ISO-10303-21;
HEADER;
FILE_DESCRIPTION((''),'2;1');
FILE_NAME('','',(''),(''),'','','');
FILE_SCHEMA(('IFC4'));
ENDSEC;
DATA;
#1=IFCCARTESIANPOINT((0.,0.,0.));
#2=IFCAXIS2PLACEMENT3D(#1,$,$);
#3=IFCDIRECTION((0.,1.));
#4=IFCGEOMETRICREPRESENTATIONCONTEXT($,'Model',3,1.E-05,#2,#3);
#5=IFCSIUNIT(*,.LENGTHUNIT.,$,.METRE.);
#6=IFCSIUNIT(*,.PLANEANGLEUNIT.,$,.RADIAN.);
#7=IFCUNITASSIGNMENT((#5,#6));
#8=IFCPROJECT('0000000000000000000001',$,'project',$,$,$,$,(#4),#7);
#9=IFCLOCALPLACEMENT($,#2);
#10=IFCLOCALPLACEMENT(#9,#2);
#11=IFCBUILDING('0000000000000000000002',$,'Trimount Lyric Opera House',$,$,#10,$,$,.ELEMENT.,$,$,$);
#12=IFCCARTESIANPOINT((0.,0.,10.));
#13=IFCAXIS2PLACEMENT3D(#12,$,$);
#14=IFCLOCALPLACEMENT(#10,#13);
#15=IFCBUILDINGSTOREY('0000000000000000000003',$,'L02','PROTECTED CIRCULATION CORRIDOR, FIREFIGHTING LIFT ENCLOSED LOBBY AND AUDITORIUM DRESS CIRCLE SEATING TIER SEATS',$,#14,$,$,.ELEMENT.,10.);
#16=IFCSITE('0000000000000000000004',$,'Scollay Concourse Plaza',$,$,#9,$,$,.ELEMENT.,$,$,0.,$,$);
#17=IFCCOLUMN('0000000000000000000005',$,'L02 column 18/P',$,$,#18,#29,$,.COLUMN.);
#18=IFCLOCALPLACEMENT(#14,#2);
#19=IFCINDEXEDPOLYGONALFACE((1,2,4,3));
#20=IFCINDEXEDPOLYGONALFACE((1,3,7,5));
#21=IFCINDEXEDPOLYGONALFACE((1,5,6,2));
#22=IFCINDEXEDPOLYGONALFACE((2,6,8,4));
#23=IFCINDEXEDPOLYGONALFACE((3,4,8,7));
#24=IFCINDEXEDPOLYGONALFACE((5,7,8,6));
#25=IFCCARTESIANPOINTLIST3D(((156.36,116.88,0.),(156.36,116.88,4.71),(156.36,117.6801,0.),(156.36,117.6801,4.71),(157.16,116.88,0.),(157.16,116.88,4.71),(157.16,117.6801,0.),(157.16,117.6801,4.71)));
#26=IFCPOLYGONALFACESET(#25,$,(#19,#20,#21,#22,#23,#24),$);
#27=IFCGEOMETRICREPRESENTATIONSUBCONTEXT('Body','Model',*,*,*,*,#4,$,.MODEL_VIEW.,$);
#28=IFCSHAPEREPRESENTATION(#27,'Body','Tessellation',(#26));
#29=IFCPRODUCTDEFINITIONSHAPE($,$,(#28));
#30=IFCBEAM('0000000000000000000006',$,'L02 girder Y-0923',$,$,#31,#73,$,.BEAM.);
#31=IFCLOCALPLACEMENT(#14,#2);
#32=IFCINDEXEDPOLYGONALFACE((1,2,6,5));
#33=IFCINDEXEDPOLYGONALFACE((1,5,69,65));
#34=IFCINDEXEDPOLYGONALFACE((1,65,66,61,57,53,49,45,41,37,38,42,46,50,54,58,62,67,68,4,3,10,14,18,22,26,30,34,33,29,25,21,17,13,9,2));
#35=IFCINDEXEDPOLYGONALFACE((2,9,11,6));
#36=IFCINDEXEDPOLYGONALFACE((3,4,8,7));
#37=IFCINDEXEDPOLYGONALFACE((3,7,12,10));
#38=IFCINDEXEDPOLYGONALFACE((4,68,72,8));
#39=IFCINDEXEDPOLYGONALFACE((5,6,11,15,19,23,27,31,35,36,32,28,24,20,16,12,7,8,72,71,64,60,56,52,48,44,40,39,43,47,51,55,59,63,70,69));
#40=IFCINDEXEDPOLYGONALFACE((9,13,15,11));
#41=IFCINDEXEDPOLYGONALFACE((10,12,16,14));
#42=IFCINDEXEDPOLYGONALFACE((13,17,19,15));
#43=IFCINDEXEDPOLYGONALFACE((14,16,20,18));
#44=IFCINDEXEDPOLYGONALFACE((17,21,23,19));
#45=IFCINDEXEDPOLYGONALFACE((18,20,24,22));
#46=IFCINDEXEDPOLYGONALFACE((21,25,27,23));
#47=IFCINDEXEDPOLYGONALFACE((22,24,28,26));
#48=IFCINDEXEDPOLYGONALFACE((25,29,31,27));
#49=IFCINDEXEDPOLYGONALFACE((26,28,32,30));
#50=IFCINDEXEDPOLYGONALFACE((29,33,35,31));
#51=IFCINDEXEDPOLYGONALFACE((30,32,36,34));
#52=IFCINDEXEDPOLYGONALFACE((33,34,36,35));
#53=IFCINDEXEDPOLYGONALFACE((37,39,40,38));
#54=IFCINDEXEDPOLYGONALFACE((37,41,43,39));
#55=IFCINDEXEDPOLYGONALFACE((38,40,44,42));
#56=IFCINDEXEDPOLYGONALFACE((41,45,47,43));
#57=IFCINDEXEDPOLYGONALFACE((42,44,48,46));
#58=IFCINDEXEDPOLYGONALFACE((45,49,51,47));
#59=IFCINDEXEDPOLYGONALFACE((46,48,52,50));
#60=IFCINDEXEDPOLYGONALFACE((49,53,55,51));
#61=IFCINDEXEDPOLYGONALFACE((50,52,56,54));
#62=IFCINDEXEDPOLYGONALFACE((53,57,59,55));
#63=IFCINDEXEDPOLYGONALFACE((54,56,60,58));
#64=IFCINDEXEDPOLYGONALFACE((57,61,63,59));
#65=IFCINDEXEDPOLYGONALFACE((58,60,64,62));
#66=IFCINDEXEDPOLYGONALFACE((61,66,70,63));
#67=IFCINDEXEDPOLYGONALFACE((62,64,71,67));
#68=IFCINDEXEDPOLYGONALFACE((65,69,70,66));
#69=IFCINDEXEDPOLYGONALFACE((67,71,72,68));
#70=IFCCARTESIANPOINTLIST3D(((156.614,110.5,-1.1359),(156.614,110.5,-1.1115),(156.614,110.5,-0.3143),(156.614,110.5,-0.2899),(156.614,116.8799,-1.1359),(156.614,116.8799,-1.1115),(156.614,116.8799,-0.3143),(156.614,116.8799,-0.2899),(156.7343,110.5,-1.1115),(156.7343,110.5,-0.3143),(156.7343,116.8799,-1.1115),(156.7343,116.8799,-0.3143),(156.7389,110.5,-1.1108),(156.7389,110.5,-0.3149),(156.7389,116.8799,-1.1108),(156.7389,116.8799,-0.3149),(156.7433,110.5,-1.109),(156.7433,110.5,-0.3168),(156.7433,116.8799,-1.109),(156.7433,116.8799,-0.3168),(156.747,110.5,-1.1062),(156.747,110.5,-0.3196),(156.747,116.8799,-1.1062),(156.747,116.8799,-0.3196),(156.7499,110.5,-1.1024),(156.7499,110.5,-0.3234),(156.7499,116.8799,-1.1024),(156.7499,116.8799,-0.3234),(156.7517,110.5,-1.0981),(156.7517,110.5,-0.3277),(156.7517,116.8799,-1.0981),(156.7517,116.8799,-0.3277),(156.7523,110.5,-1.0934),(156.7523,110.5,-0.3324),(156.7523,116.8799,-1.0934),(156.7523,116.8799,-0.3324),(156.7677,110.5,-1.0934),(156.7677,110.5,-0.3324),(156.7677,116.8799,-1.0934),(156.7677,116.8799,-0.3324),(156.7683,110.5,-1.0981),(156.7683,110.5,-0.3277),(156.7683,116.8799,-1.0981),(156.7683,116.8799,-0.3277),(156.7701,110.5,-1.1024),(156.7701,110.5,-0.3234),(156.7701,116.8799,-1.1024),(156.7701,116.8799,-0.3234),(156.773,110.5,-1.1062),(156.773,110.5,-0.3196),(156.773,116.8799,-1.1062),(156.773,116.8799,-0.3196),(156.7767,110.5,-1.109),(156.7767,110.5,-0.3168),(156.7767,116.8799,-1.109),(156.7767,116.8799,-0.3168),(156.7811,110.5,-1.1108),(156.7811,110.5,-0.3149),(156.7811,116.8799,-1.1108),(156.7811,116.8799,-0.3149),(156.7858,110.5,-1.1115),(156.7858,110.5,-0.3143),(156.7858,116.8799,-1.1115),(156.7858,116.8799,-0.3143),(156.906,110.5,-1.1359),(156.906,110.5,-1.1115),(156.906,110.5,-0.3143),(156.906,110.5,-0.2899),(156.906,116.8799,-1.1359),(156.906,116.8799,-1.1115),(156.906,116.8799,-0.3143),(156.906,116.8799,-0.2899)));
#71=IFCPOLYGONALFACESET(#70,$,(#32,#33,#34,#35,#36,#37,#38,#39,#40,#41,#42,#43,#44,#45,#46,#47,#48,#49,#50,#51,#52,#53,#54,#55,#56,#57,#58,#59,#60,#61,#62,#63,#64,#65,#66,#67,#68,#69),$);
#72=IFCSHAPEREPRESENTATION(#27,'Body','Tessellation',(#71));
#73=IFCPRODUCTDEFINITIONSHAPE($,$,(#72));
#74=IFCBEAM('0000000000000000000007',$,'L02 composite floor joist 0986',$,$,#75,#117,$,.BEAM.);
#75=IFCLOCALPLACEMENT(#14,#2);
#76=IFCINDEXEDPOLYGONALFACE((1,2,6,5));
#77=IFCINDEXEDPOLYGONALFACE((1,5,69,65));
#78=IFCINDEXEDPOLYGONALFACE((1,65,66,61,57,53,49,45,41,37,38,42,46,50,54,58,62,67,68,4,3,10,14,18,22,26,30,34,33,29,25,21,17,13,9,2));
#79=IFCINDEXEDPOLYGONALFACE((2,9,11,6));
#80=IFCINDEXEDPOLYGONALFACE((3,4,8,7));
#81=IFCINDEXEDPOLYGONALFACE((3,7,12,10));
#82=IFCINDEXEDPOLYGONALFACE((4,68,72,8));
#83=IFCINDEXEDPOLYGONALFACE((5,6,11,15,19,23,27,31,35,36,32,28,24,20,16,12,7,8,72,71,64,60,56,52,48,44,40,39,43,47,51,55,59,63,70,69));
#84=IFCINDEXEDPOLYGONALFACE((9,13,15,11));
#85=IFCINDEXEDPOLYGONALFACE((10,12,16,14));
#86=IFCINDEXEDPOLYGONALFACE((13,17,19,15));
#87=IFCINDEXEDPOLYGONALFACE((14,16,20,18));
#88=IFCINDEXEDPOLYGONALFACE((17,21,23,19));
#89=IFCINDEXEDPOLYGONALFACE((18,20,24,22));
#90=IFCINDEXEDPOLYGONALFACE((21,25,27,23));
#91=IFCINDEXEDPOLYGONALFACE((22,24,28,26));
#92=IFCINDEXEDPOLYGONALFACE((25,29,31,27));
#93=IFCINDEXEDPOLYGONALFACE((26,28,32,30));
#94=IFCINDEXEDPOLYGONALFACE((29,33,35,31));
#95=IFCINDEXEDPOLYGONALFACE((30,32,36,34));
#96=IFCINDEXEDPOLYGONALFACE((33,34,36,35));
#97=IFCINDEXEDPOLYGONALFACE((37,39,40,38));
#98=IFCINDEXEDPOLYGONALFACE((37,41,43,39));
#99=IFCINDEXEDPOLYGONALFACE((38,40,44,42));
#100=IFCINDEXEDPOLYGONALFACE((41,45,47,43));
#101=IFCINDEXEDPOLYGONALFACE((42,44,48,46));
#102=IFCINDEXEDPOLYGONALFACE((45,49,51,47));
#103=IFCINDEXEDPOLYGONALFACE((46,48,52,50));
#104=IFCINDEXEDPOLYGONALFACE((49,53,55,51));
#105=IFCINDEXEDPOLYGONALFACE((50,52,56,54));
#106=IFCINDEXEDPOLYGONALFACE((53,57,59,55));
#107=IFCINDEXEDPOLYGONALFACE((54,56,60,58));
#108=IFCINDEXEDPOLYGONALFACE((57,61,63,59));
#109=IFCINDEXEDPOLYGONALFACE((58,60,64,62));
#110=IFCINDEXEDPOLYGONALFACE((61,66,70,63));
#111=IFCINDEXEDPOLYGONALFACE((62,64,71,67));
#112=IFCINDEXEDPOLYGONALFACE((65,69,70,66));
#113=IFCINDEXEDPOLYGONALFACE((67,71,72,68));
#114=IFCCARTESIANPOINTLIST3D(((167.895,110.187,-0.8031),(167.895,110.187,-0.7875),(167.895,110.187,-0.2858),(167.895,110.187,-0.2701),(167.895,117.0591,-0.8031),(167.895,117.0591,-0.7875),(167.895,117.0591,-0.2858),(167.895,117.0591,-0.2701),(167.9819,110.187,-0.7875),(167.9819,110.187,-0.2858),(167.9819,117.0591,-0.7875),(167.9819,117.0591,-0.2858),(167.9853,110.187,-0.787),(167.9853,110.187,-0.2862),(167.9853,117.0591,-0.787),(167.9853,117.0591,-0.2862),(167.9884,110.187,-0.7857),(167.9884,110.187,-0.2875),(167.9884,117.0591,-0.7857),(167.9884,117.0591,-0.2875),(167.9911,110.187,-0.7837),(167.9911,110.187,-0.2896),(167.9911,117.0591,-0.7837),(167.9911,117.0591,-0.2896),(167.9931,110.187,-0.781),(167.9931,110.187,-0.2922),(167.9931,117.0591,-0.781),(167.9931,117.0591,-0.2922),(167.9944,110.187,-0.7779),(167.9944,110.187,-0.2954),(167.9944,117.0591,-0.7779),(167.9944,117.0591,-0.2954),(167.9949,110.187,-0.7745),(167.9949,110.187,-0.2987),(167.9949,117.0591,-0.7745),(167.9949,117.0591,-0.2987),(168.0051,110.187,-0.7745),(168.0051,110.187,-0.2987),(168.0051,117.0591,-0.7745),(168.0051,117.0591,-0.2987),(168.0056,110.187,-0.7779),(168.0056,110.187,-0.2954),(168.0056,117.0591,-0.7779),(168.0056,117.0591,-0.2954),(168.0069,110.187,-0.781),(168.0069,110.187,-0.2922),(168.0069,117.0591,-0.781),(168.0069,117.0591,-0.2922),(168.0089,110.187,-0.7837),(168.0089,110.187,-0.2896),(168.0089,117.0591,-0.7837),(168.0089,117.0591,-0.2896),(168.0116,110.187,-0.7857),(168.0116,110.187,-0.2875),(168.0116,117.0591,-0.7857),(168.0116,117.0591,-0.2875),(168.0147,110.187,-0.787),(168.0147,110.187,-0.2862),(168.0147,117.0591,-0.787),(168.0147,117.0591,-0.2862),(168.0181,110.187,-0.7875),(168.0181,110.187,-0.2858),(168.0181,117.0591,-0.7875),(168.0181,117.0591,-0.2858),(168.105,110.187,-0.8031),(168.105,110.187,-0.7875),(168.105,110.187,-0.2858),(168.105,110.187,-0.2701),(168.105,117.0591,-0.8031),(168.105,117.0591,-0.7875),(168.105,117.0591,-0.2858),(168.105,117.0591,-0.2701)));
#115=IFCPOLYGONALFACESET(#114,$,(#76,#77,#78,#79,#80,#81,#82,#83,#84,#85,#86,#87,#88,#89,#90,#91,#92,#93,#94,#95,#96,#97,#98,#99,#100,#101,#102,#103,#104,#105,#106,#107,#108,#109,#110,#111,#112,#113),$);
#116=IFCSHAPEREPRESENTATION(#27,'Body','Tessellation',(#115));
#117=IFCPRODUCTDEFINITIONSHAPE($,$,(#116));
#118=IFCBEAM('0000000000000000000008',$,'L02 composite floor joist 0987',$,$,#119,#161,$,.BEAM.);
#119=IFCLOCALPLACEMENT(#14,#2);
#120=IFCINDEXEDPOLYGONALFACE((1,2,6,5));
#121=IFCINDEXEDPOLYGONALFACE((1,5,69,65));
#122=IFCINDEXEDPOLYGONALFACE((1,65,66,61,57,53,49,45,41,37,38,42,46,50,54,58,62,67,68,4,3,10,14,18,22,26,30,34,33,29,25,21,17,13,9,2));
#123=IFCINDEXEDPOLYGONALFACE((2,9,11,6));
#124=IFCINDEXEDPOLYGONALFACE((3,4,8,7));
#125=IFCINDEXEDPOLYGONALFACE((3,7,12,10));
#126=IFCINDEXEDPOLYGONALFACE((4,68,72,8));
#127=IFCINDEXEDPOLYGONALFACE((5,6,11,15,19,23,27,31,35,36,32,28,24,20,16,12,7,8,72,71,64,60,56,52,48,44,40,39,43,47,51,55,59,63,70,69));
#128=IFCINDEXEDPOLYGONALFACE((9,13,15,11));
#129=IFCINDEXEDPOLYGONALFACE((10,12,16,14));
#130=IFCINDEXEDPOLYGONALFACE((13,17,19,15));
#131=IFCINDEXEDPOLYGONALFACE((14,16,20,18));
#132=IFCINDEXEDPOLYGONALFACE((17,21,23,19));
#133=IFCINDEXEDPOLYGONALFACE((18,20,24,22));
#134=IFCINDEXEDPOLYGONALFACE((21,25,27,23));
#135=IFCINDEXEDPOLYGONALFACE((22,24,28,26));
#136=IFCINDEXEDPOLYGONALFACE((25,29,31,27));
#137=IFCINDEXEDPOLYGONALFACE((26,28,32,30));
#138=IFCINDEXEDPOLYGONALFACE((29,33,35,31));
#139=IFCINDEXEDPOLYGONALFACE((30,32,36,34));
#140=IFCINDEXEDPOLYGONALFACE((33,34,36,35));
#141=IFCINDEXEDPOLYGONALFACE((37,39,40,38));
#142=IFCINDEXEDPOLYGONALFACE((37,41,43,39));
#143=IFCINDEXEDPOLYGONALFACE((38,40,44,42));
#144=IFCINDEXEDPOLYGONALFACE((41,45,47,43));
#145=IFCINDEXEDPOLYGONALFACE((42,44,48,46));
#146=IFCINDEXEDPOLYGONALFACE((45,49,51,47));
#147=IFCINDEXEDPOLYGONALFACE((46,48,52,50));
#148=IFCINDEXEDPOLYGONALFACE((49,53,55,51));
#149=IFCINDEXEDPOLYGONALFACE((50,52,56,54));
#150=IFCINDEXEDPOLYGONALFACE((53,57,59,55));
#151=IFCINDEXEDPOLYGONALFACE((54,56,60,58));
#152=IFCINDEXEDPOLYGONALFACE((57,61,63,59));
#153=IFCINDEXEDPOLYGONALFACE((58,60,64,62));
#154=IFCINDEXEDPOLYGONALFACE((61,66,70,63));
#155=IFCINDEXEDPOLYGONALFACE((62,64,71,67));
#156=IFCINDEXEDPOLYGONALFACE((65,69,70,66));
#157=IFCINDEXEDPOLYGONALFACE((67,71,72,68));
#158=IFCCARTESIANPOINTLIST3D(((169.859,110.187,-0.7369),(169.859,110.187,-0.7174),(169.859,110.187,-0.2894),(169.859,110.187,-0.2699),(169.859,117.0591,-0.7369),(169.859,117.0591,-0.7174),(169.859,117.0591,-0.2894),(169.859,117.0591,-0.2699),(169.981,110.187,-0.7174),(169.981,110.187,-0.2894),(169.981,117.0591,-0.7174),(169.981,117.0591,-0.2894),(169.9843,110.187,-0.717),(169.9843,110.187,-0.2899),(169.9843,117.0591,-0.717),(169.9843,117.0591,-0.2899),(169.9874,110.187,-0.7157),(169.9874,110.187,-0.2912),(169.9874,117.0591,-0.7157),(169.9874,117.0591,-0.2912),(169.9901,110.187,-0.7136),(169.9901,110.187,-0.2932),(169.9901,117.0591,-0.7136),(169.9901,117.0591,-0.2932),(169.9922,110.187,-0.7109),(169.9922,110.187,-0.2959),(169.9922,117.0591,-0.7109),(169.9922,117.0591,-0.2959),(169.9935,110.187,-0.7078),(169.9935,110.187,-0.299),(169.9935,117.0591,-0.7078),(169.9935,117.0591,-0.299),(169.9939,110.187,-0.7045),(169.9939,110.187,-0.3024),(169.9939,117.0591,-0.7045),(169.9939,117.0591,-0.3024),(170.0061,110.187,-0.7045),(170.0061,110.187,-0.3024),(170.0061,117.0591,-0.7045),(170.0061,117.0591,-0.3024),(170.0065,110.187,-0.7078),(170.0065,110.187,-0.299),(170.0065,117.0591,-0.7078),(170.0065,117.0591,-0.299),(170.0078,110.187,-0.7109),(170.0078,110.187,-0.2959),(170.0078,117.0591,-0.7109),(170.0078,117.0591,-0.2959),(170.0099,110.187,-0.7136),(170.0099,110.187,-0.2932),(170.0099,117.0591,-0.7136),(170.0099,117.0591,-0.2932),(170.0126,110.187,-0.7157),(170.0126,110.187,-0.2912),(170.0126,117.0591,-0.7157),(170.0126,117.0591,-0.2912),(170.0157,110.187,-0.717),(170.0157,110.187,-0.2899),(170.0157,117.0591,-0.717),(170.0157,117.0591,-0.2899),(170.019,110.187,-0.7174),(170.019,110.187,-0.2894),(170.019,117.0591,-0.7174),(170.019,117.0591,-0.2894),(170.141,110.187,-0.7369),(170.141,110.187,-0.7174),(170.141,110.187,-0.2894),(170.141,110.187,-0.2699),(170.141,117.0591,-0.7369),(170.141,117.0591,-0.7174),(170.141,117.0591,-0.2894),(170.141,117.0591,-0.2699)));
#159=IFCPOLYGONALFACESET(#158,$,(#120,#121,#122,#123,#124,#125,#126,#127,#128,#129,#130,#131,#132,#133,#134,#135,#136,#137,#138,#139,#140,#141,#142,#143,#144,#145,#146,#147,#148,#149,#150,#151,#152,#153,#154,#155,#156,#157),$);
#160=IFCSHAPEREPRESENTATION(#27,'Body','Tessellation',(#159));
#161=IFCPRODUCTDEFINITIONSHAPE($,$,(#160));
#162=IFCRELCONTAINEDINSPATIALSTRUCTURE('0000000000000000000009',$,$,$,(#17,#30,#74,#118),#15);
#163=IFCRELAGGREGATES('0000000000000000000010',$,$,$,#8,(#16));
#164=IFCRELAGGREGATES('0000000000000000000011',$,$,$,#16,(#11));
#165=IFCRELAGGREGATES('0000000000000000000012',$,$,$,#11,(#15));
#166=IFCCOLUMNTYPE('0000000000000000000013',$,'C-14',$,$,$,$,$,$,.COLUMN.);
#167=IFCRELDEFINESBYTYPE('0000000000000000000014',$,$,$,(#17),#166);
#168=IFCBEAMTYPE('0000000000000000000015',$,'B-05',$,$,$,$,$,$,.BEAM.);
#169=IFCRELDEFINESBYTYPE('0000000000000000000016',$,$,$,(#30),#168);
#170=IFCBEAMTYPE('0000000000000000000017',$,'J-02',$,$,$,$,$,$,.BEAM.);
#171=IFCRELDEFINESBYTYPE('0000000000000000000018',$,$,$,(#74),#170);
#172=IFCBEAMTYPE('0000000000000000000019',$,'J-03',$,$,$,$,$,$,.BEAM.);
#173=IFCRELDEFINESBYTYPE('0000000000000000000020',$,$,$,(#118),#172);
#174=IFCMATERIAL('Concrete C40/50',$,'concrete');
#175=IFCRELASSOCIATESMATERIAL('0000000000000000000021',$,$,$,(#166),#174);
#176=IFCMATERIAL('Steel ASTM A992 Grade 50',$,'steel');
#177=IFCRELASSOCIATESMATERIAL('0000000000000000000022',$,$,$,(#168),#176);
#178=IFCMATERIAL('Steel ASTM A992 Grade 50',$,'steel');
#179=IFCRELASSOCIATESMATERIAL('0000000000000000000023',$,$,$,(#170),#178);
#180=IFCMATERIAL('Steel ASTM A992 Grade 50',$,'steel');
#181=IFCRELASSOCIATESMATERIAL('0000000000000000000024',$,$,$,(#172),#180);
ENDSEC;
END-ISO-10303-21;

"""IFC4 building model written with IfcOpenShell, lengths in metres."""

from ifc_helpers import new_model, si_unit, direction, frame, origin, origin_2d, place, context, subcontext, project, spatial, rectangle, i_section, extrude, material, material_profile, profile_set, type_object, element, save


model = new_model("IFC4")

# Units and contexts
model_context = context("Model", 3, precision=1e-05, world=origin(), true_north=direction((0.0, 1.0)))
body_context = subcontext(model_context, "Body", "Model", "MODEL_VIEW")
ifc_project = project(units=[si_unit("LENGTHUNIT", "METRE"), si_unit("PLANEANGLEUNIT", "RADIAN")], contexts=[model_context])

# Site, building, storey
site_placement = place(None, origin())
site = spatial("IfcSite", under=ifc_project, at=site_placement, Name="Scollay Concourse Plaza", CompositionType="ELEMENT", RefElevation=0.0)
building_placement = place(site_placement, origin())
building = spatial("IfcBuilding", under=site, at=building_placement, Name="Trimount Lyric Opera House", CompositionType="ELEMENT")
storey_placement = place(building_placement, frame((0.0, 0.0, 10.0)))
storey = spatial("IfcBuildingStorey", under=building, at=storey_placement, Name="L02", Description="PROTECTED CIRCULATION CORRIDOR, FIREFIGHTING LIFT ENCLOSED LOBBY AND AUDITORIUM DRESS CIRCLE SEATING TIER SEATS", CompositionType="ELEMENT", Elevation=10.0)

# Column
ifc_material_1 = material(Name="Concrete C40/50", Category="concrete")
ifc_material_profile_1 = material_profile(ifc_material_1, rectangle(XDim=0.8, YDim=0.8, at=origin_2d()), Name="RC800X800")
ifc_profile_set_1 = profile_set([ifc_material_profile_1], Name="Concrete C40/50")
column_type = type_object("IfcColumnType", Name="C-14", PredefinedType="COLUMN", material=ifc_profile_set_1)
column_placement = place(storey_placement, frame((156.76, 117.28, 0.0), z_axis=(0.0, 0.0, 1.0), x_axis=(1.0, 0.0, 0.0)))
element("IfcColumn", 1, at=column_placement, inside=storey, type_object=column_type, Name="L02 column 18/P", PredefinedType="COLUMN", context=body_context, shape_type="SweptSolid", body=[
    extrude(rectangle(XDim=0.8, YDim=0.8, at=origin_2d()), origin(), (0.0, 0.0, 1.0), 4.71),
])

# Beams
ifc_material_2 = material(Name="Steel ASTM A992 Grade 50", Category="steel")
ifc_material_profile_2 = material_profile(ifc_material_2, i_section(OverallWidth=0.292, OverallDepth=0.8459, WebThickness=0.0154, FlangeThickness=0.0244, FilletRadius=0.0181, at=origin_2d()), Name="W33X141")
ifc_profile_set_2 = profile_set([ifc_material_profile_2], Name="Steel ASTM A992 Grade 50")
beam_type_1 = type_object("IfcBeamType", Name="B-05", PredefinedType="BEAM", material=ifc_profile_set_2)
beam_1_placement = place(storey_placement, frame((156.76, 110.5, -0.7129), z_axis=(0.0, 1.0, 0.0), x_axis=(-1.0, 0.0, 0.0)))
element("IfcBeam", 2, at=beam_1_placement, inside=storey, type_object=beam_type_1, Name="L02 girder Y-0923", PredefinedType="BEAM", context=body_context, shape_type="SweptSolid", body=[
    extrude(i_section(OverallWidth=0.292, OverallDepth=0.8459, WebThickness=0.0154, FlangeThickness=0.0244, FilletRadius=0.0181, at=origin_2d()), origin(), (0.0, 0.0, 1.0), 6.3799),
])
ifc_material_3 = material(Name="Steel ASTM A992 Grade 50", Category="steel")
ifc_material_profile_3 = material_profile(ifc_material_3, i_section(OverallWidth=0.21, OverallDepth=0.533, WebThickness=0.0103, FlangeThickness=0.0156, FilletRadius=0.0129, at=origin_2d()), Name="W21X62")
ifc_profile_set_3 = profile_set([ifc_material_profile_3], Name="Steel ASTM A992 Grade 50")
beam_type_2 = type_object("IfcBeamType", Name="J-02", PredefinedType="BEAM", material=ifc_profile_set_3)
beam_2_placement = place(storey_placement, frame((168.0, 110.187, -0.5366), z_axis=(0.0, 1.0, 0.0), x_axis=(-1.0, 0.0, 0.0)))
element("IfcBeam", 3, at=beam_2_placement, inside=storey, type_object=beam_type_2, Name="L02 composite floor joist 0986", PredefinedType="BEAM", context=body_context, shape_type="SweptSolid", body=[
    extrude(i_section(OverallWidth=0.21, OverallDepth=0.533, WebThickness=0.0103, FlangeThickness=0.0156, FilletRadius=0.0129, at=origin_2d()), origin(), (0.0, 0.0, 1.0), 6.8721),
])
ifc_material_4 = material(Name="Steel ASTM A992 Grade 50", Category="steel")
ifc_material_profile_4 = material_profile(ifc_material_4, i_section(OverallWidth=0.282, OverallDepth=0.467, WebThickness=0.0122, FlangeThickness=0.0195, FilletRadius=0.0129, at=origin_2d()), Name="W18X86")
ifc_profile_set_4 = profile_set([ifc_material_profile_4], Name="Steel ASTM A992 Grade 50")
beam_type_3 = type_object("IfcBeamType", Name="J-03", PredefinedType="BEAM", material=ifc_profile_set_4)
beam_3_placement = place(storey_placement, frame((170.0, 110.187, -0.5034), z_axis=(0.0, 1.0, 0.0), x_axis=(-1.0, 0.0, 0.0)))
element("IfcBeam", 4, at=beam_3_placement, inside=storey, type_object=beam_type_3, Name="L02 composite floor joist 0987", PredefinedType="BEAM", context=body_context, shape_type="SweptSolid", body=[
    extrude(i_section(OverallWidth=0.282, OverallDepth=0.467, WebThickness=0.0122, FlangeThickness=0.0195, FilletRadius=0.0129, at=origin_2d()), origin(), (0.0, 0.0, 1.0), 6.8721),
])

save(model, "model.ifc")
